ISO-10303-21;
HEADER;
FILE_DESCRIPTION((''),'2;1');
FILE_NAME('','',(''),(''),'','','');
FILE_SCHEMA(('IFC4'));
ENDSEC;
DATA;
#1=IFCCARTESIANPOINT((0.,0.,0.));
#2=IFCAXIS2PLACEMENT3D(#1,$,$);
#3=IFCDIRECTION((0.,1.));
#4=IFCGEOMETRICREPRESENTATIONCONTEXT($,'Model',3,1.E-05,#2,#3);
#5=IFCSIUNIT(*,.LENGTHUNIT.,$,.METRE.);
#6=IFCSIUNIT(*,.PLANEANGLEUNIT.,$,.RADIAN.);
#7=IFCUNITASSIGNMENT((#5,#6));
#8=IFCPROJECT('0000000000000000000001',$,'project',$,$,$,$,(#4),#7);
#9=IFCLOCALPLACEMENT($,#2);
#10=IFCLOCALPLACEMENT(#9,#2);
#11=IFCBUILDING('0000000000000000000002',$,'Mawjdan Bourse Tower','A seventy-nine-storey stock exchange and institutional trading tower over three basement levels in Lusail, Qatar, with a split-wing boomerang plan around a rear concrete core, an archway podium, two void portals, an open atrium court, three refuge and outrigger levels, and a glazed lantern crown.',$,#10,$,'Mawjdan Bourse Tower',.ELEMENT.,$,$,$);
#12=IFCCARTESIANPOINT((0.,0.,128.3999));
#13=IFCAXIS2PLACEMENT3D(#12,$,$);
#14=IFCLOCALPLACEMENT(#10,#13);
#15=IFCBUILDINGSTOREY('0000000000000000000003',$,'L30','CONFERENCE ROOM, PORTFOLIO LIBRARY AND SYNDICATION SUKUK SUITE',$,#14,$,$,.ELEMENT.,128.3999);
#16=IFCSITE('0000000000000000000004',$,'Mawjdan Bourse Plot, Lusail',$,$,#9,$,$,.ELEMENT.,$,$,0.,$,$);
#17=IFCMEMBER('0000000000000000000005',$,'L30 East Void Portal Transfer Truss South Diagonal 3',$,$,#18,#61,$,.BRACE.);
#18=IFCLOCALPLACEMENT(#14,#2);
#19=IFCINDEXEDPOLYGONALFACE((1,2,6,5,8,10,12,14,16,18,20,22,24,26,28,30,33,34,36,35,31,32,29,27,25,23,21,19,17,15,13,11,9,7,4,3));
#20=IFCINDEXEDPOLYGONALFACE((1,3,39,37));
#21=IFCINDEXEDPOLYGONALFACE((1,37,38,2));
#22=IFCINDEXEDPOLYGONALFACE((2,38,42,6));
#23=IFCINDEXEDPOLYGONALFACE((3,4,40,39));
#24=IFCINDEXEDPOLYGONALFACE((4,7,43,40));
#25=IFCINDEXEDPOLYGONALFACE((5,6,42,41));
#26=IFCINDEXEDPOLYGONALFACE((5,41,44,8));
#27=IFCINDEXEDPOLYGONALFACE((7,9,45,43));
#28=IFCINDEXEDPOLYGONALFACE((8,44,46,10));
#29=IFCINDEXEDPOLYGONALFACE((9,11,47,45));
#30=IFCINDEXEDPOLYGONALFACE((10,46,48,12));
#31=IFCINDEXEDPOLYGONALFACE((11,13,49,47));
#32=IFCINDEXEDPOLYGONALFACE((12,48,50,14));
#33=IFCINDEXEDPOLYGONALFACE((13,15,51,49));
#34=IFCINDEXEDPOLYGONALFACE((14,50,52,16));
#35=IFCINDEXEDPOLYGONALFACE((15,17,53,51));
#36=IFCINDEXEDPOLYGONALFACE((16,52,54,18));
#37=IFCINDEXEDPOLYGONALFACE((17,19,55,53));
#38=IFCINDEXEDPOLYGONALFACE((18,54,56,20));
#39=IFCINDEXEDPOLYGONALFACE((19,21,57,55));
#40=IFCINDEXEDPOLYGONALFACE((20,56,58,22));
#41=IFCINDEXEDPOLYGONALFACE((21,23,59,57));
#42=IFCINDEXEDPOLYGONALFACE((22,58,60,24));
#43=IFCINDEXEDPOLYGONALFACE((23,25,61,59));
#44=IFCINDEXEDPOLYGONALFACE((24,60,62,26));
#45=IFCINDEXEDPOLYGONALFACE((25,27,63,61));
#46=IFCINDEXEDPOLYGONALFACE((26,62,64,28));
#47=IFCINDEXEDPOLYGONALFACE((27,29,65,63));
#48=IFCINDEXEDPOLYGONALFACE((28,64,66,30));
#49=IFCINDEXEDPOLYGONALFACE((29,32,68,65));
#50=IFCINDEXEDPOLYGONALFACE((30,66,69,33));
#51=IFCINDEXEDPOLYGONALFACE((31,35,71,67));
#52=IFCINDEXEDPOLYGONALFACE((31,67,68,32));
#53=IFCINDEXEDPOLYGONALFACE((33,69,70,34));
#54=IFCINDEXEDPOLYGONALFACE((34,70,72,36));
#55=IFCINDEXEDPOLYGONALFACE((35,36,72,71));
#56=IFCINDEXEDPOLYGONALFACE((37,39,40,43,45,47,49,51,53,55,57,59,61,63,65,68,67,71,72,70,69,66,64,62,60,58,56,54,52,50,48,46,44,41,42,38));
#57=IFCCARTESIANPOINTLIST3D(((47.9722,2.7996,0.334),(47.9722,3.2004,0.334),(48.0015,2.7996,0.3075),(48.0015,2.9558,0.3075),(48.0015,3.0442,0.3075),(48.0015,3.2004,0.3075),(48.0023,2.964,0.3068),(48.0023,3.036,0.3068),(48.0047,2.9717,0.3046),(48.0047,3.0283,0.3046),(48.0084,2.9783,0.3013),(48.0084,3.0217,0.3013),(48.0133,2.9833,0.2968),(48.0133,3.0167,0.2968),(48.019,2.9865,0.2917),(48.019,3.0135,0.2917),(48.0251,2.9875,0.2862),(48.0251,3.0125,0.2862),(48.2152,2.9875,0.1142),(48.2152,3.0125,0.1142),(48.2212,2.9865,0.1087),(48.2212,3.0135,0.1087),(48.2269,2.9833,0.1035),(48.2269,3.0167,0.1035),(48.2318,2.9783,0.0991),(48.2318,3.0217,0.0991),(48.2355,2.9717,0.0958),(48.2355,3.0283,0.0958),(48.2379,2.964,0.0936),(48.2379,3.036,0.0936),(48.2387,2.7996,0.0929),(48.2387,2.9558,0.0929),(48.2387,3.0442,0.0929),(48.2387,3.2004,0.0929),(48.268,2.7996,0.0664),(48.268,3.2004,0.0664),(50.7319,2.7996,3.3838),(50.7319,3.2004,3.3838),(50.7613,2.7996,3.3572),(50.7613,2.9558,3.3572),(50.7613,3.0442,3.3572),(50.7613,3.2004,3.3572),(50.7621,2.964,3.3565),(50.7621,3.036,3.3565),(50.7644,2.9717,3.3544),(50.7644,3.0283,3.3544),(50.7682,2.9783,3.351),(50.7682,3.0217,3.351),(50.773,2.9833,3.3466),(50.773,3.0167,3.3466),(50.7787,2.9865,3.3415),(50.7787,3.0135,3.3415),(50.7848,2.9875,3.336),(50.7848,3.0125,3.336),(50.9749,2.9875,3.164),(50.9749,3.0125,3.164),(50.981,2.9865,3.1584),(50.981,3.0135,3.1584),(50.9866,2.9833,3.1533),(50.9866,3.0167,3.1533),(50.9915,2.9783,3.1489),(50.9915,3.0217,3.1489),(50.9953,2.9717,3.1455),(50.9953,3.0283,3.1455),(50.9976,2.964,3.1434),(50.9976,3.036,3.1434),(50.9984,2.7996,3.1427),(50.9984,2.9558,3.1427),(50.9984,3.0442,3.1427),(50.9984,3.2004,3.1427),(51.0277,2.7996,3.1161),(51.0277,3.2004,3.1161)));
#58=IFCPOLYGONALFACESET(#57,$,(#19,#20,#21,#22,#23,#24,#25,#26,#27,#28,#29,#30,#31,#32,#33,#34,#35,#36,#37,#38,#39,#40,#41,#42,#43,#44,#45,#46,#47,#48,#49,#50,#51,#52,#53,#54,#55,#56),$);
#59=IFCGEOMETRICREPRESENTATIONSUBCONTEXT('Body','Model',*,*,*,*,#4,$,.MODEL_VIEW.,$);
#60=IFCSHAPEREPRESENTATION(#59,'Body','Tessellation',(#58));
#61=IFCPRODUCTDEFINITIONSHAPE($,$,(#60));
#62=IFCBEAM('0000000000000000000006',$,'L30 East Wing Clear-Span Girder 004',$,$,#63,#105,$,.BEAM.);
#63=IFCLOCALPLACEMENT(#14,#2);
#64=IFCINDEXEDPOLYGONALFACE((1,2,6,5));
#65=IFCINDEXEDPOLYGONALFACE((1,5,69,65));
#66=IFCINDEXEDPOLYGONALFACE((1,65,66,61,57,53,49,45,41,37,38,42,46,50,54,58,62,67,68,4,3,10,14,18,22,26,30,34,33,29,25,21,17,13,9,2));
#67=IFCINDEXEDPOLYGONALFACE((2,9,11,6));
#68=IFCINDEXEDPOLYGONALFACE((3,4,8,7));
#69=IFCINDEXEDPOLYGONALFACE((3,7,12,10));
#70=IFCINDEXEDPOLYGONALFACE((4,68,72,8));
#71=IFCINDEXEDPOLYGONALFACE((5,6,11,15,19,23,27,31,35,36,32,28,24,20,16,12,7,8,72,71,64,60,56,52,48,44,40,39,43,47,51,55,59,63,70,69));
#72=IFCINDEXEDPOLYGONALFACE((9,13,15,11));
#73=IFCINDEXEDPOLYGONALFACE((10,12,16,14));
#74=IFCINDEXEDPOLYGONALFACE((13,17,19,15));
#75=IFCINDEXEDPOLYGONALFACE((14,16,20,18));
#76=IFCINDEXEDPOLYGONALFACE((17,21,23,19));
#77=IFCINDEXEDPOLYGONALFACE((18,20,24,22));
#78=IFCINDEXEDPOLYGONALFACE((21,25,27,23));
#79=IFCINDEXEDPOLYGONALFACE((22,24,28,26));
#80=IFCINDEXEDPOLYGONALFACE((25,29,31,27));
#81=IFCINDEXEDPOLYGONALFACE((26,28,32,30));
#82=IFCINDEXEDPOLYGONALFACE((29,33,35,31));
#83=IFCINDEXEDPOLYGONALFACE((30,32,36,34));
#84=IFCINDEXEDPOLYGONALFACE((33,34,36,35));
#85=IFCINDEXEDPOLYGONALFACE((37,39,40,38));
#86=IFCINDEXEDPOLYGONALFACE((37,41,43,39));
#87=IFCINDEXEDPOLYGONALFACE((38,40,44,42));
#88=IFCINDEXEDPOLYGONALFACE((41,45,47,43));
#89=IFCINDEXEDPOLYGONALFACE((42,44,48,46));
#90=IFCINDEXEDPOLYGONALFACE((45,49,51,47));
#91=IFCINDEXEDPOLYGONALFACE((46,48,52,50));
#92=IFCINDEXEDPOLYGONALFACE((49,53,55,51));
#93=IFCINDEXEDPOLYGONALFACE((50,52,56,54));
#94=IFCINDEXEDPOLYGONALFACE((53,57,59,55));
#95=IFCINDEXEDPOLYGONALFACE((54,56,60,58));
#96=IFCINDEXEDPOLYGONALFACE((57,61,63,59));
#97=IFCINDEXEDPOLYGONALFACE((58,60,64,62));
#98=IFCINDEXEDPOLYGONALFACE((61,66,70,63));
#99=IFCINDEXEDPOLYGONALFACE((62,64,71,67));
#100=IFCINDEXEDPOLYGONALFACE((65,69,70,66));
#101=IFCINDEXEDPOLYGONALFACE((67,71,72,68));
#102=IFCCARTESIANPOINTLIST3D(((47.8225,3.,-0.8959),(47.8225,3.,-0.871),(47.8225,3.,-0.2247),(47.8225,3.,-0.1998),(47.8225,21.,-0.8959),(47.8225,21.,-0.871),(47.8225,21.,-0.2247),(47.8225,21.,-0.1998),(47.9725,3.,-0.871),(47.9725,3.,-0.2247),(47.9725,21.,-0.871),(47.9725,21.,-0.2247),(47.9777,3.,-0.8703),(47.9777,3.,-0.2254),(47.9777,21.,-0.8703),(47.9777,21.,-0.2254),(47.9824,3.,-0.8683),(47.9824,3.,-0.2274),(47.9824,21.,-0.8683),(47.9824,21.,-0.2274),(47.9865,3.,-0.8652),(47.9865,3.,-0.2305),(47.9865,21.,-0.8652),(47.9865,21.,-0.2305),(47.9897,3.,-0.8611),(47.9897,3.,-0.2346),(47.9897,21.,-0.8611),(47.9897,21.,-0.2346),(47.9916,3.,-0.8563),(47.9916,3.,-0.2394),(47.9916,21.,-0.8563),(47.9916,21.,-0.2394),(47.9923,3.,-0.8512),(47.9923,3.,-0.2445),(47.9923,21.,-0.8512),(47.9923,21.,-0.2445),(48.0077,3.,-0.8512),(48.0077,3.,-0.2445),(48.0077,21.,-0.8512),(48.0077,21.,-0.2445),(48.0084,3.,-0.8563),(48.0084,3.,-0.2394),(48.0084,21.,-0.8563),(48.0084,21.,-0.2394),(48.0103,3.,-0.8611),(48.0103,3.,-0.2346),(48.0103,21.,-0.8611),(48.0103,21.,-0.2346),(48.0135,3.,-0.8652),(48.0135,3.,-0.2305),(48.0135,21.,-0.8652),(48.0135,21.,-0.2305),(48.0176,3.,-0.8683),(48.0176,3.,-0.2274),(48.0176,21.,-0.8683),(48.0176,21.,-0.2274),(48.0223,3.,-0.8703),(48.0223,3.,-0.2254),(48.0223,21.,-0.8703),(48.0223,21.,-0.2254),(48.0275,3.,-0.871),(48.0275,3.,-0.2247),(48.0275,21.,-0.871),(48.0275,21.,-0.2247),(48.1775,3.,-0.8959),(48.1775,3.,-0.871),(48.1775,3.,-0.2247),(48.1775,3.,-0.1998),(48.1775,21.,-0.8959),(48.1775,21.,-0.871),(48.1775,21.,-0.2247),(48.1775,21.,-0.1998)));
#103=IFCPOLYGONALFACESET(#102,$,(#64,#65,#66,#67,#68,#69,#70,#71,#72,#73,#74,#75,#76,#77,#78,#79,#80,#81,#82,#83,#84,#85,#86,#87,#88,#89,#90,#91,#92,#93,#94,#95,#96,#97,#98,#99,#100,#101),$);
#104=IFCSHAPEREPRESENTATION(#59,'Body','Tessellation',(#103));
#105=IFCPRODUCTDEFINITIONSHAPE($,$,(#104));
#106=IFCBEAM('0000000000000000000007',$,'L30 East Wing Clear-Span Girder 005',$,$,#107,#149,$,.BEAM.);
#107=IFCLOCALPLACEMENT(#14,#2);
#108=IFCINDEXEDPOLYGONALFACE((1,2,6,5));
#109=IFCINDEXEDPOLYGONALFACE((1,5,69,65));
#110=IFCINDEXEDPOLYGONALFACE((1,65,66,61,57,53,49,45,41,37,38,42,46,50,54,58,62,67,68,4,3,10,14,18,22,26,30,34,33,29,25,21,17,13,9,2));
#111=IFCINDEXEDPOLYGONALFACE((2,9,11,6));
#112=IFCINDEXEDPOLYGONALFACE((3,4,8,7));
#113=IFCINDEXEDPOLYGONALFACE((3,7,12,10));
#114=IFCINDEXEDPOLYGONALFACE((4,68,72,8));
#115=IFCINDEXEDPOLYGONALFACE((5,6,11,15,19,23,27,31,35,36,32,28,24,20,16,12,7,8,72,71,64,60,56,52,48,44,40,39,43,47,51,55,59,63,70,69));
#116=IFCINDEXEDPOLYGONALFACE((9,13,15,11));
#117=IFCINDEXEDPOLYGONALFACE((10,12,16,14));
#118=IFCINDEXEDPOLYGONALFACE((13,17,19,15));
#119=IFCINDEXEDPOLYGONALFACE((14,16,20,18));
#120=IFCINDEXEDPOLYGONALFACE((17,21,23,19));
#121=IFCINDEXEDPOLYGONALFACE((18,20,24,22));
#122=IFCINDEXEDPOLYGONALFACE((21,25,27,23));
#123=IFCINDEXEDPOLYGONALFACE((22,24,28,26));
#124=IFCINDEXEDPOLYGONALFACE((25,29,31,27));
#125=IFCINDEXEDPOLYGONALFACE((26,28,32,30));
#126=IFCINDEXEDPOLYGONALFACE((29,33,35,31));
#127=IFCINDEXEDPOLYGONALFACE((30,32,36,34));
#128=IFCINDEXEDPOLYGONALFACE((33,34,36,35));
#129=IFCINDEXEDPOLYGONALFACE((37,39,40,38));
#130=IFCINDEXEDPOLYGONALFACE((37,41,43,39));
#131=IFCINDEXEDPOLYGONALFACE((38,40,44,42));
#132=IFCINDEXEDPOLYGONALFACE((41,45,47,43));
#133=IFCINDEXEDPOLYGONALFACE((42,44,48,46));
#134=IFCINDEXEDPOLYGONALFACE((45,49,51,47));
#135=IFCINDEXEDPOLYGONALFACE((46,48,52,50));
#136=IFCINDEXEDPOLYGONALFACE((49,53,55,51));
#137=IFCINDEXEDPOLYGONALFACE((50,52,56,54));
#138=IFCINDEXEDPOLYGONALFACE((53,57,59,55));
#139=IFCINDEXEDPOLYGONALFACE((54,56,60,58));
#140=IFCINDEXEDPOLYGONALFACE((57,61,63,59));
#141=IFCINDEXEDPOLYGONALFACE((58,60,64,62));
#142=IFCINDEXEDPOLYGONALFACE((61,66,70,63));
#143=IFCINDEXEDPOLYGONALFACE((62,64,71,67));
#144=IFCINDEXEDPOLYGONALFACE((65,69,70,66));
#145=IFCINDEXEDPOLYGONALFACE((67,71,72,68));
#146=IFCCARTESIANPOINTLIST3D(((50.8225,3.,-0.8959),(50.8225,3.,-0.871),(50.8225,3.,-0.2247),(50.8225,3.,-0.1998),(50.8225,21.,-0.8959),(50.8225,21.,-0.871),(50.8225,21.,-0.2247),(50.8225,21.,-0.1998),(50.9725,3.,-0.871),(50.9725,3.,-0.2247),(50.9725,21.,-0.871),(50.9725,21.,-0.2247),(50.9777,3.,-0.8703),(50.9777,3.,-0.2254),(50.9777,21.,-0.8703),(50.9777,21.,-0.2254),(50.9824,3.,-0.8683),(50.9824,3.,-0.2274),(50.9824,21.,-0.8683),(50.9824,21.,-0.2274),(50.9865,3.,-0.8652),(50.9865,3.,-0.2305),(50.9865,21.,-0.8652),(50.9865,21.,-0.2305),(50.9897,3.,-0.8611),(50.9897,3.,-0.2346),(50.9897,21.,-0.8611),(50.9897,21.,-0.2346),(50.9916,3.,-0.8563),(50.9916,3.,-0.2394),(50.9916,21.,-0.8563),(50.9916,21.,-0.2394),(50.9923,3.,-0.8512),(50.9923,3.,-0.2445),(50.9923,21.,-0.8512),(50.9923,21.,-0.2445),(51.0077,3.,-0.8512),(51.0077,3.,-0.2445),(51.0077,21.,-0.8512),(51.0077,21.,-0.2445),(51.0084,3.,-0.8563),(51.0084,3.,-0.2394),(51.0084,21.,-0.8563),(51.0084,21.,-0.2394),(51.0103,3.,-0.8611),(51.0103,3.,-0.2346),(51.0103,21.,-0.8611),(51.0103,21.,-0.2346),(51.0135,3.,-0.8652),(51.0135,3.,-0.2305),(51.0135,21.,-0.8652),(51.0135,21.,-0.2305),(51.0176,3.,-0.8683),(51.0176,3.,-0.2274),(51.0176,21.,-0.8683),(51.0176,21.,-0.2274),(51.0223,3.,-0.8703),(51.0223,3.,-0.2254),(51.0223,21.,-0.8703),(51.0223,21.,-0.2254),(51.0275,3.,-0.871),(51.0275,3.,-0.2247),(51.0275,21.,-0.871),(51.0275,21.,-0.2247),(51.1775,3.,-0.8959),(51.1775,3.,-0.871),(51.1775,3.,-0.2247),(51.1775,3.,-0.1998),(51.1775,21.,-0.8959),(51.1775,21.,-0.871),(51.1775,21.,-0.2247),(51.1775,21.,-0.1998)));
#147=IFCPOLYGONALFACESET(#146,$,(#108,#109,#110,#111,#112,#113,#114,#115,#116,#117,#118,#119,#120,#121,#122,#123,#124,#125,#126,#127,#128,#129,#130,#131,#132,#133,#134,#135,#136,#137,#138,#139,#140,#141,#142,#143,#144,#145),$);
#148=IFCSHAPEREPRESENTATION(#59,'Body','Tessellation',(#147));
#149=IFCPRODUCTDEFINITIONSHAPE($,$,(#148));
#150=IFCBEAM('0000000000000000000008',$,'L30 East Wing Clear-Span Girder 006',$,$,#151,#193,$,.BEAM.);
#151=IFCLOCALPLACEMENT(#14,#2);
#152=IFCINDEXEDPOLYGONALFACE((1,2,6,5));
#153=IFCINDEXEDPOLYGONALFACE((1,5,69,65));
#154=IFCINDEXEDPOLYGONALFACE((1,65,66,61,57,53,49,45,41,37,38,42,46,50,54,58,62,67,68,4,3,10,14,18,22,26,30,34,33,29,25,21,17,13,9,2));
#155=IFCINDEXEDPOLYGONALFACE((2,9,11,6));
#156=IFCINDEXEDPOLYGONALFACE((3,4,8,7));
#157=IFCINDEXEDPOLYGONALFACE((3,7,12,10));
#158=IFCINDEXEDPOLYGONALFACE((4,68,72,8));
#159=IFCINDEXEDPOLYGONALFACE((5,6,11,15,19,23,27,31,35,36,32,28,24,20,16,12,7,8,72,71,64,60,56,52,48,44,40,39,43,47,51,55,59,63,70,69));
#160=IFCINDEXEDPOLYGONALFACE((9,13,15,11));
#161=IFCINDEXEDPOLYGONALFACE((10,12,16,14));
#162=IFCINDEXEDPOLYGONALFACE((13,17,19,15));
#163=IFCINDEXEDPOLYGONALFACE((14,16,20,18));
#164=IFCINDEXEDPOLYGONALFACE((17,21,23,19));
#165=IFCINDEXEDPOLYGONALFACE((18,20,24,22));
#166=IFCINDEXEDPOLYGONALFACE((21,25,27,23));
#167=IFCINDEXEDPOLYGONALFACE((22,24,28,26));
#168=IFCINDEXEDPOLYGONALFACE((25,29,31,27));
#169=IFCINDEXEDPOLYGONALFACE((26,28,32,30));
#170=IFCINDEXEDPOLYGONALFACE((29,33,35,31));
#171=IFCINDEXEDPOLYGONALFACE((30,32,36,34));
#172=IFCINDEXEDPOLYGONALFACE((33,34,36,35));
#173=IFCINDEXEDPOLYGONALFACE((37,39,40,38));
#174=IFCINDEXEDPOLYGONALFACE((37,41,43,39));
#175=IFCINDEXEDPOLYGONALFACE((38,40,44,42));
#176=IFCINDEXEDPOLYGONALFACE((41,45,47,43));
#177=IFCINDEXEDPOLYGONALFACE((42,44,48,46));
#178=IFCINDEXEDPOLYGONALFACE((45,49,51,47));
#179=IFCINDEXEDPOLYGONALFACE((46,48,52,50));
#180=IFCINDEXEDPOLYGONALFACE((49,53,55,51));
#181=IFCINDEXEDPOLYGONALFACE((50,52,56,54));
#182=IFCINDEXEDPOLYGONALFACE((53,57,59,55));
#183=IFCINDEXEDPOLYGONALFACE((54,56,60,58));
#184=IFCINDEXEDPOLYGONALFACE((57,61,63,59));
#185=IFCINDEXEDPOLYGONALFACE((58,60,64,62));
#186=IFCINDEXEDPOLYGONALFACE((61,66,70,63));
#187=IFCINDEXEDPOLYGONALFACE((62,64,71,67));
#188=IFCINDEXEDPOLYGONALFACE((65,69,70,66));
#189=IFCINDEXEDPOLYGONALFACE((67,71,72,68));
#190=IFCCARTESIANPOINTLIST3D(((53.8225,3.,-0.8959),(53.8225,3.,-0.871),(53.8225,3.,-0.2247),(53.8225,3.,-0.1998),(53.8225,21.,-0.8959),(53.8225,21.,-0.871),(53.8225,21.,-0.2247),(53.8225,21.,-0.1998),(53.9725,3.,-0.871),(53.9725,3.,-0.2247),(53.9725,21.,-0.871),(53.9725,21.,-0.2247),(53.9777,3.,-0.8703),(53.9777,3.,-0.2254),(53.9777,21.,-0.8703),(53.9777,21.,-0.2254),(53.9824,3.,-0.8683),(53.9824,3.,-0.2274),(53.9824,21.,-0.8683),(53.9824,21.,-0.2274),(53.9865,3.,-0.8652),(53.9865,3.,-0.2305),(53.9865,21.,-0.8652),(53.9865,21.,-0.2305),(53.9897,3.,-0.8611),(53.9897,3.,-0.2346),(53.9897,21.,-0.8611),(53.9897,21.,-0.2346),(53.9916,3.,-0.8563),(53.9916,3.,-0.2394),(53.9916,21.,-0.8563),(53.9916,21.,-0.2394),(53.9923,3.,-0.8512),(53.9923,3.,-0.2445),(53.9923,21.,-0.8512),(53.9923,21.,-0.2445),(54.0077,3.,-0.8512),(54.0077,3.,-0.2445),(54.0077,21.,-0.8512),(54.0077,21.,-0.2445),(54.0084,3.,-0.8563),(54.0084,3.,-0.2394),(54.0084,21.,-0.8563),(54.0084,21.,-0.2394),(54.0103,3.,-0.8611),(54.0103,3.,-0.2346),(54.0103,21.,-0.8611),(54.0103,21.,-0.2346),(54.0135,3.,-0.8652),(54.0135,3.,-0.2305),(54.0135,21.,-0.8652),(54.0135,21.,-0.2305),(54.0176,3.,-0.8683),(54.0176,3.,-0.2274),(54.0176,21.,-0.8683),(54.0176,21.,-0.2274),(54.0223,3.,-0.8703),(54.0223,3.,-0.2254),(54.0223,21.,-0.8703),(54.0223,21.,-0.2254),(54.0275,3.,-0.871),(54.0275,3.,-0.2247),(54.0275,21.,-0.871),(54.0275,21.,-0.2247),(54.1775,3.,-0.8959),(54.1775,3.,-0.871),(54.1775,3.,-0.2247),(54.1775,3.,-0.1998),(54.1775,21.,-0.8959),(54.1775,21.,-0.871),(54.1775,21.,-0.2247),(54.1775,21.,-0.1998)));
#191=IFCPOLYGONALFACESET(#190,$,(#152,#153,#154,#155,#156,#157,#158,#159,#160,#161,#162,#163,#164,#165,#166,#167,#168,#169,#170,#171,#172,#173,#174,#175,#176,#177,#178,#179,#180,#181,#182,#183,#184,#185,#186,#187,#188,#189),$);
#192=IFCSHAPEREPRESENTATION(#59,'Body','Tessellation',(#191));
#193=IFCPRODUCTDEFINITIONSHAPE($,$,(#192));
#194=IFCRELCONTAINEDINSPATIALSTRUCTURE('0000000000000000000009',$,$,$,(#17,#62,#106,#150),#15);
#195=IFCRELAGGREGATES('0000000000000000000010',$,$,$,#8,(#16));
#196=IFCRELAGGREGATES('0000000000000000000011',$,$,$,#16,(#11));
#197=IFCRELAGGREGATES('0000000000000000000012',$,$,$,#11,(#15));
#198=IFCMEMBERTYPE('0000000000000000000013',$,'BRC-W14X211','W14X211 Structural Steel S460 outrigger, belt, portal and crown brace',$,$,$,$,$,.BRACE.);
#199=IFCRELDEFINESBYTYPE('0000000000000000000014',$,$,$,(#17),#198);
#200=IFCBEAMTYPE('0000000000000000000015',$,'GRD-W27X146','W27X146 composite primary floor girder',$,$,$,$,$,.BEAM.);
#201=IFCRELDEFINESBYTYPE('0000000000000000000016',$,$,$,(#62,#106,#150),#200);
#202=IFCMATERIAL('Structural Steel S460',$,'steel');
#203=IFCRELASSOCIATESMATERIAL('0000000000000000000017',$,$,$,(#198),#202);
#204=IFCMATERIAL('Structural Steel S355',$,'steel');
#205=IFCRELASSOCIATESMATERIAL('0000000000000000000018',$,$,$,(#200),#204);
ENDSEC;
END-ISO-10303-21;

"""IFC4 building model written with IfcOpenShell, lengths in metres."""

from ifc_helpers import new_model, si_unit, direction, frame, origin, origin_2d, place, context, subcontext, project, spatial, i_section, extrude, material, material_profile, profile_set, type_object, element, save


model = new_model("IFC4")

# Units and contexts
model_context = context("Model", 3, precision=1e-05, world=origin(), true_north=direction((0.0, 1.0)))
body_context = subcontext(model_context, "Body", "Model", "MODEL_VIEW")
ifc_project = project(units=[si_unit("LENGTHUNIT", "METRE"), si_unit("PLANEANGLEUNIT", "RADIAN")], contexts=[model_context])

# Site, building, storey
site_placement = place(None, origin())
site = spatial("IfcSite", under=ifc_project, at=site_placement, Name="Mawjdan Bourse Plot, Lusail", CompositionType="ELEMENT", RefElevation=0.0)
building_placement = place(site_placement, origin())
building = spatial("IfcBuilding", under=site, at=building_placement, Name="Mawjdan Bourse Tower", Description="A seventy-nine-storey stock exchange and institutional trading tower over three basement levels in Lusail, Qatar, with a split-wing boomerang plan around a rear concrete core, an archway podium, two void portals, an open atrium court, three refuge and outrigger levels, and a glazed lantern crown.", LongName="Mawjdan Bourse Tower", CompositionType="ELEMENT")
storey_placement = place(building_placement, frame((0.0, 0.0, 128.3999)))
storey = spatial("IfcBuildingStorey", under=building, at=storey_placement, Name="L30", Description="CONFERENCE ROOM, PORTFOLIO LIBRARY AND SYNDICATION SUKUK SUITE", CompositionType="ELEMENT", Elevation=128.3999)

# Shared definitions
ifc_material_1 = material(Name="Structural Steel S355", Category="steel")

# Member
ifc_material_2 = material(Name="Structural Steel S460", Category="steel")
ifc_material_profile_1 = material_profile(ifc_material_2, i_section(OverallWidth=0.4009, OverallDepth=0.3989, WebThickness=0.0249, FlangeThickness=0.0396, FilletRadius=0.0317, at=origin_2d()), Name="W14X211")
ifc_profile_set_1 = profile_set([ifc_material_profile_1], Name="Structural Steel S460")
member_type = type_object("IfcMemberType", Name="BRC-W14X211", Description="W14X211 Structural Steel S460 outrigger, belt, portal and crown brace", PredefinedType="BRACE", material=ifc_profile_set_1)
for number, where, z_axis, x_axis, name in (
    (1, (48.1201, 3.0, 0.2002), (0.670969, 0.0, 0.741485), (0.0, 1.0, 0.0), "L30 East Void Portal Transfer Truss South Diagonal 3"),
):
    element("IfcMember", number, at=place(storey_placement, frame(where, z_axis=z_axis, x_axis=x_axis)), inside=storey, type_object=member_type, Name=name, PredefinedType="BRACE", context=body_context, shape_type="SweptSolid", body=[
        extrude(i_section(OverallWidth=0.4009, OverallDepth=0.3989, WebThickness=0.0249, FlangeThickness=0.0396, FilletRadius=0.0317, at=origin_2d()), origin(), (0.0, 0.0, 1.0), 4.113),
    ])

# Beams
ifc_material_profile_2 = material_profile(ifc_material_1, i_section(OverallWidth=0.355, OverallDepth=0.696, WebThickness=0.0154, FlangeThickness=0.0249, FilletRadius=0.0198, at=origin_2d()), Name="W27X146")
ifc_profile_set_2 = profile_set([ifc_material_profile_2], Name="Structural Steel S355")
beam_type_1 = type_object("IfcBeamType", Name="GRD-W27X146", Description="W27X146 composite primary floor girder", PredefinedType="BEAM", material=ifc_profile_set_2)
for number, where, z_axis, x_axis, name in (
    (2, (48.0, 3.0, -0.5479), (0.0, 1.0, 0.0), (-1.0, 0.0, 0.0), "L30 East Wing Clear-Span Girder 004"),
    (3, (51.0, 3.0, -0.5479), (0.0, 1.0, 0.0), (-1.0, 0.0, 0.0), "L30 East Wing Clear-Span Girder 005"),
    (4, (54.0, 3.0, -0.5479), (0.0, 1.0, 0.0), (-1.0, 0.0, 0.0), "L30 East Wing Clear-Span Girder 006"),
):
    element("IfcBeam", number, at=place(storey_placement, frame(where, z_axis=z_axis, x_axis=x_axis)), inside=storey, type_object=beam_type_1, Name=name, PredefinedType="BEAM", context=body_context, shape_type="SweptSolid", body=[
        extrude(i_section(OverallWidth=0.355, OverallDepth=0.696, WebThickness=0.0154, FlangeThickness=0.0249, FilletRadius=0.0198, at=origin_2d()), origin(), (0.0, 0.0, 1.0), 18.0),
    ])

save(model, "model.ifc")
